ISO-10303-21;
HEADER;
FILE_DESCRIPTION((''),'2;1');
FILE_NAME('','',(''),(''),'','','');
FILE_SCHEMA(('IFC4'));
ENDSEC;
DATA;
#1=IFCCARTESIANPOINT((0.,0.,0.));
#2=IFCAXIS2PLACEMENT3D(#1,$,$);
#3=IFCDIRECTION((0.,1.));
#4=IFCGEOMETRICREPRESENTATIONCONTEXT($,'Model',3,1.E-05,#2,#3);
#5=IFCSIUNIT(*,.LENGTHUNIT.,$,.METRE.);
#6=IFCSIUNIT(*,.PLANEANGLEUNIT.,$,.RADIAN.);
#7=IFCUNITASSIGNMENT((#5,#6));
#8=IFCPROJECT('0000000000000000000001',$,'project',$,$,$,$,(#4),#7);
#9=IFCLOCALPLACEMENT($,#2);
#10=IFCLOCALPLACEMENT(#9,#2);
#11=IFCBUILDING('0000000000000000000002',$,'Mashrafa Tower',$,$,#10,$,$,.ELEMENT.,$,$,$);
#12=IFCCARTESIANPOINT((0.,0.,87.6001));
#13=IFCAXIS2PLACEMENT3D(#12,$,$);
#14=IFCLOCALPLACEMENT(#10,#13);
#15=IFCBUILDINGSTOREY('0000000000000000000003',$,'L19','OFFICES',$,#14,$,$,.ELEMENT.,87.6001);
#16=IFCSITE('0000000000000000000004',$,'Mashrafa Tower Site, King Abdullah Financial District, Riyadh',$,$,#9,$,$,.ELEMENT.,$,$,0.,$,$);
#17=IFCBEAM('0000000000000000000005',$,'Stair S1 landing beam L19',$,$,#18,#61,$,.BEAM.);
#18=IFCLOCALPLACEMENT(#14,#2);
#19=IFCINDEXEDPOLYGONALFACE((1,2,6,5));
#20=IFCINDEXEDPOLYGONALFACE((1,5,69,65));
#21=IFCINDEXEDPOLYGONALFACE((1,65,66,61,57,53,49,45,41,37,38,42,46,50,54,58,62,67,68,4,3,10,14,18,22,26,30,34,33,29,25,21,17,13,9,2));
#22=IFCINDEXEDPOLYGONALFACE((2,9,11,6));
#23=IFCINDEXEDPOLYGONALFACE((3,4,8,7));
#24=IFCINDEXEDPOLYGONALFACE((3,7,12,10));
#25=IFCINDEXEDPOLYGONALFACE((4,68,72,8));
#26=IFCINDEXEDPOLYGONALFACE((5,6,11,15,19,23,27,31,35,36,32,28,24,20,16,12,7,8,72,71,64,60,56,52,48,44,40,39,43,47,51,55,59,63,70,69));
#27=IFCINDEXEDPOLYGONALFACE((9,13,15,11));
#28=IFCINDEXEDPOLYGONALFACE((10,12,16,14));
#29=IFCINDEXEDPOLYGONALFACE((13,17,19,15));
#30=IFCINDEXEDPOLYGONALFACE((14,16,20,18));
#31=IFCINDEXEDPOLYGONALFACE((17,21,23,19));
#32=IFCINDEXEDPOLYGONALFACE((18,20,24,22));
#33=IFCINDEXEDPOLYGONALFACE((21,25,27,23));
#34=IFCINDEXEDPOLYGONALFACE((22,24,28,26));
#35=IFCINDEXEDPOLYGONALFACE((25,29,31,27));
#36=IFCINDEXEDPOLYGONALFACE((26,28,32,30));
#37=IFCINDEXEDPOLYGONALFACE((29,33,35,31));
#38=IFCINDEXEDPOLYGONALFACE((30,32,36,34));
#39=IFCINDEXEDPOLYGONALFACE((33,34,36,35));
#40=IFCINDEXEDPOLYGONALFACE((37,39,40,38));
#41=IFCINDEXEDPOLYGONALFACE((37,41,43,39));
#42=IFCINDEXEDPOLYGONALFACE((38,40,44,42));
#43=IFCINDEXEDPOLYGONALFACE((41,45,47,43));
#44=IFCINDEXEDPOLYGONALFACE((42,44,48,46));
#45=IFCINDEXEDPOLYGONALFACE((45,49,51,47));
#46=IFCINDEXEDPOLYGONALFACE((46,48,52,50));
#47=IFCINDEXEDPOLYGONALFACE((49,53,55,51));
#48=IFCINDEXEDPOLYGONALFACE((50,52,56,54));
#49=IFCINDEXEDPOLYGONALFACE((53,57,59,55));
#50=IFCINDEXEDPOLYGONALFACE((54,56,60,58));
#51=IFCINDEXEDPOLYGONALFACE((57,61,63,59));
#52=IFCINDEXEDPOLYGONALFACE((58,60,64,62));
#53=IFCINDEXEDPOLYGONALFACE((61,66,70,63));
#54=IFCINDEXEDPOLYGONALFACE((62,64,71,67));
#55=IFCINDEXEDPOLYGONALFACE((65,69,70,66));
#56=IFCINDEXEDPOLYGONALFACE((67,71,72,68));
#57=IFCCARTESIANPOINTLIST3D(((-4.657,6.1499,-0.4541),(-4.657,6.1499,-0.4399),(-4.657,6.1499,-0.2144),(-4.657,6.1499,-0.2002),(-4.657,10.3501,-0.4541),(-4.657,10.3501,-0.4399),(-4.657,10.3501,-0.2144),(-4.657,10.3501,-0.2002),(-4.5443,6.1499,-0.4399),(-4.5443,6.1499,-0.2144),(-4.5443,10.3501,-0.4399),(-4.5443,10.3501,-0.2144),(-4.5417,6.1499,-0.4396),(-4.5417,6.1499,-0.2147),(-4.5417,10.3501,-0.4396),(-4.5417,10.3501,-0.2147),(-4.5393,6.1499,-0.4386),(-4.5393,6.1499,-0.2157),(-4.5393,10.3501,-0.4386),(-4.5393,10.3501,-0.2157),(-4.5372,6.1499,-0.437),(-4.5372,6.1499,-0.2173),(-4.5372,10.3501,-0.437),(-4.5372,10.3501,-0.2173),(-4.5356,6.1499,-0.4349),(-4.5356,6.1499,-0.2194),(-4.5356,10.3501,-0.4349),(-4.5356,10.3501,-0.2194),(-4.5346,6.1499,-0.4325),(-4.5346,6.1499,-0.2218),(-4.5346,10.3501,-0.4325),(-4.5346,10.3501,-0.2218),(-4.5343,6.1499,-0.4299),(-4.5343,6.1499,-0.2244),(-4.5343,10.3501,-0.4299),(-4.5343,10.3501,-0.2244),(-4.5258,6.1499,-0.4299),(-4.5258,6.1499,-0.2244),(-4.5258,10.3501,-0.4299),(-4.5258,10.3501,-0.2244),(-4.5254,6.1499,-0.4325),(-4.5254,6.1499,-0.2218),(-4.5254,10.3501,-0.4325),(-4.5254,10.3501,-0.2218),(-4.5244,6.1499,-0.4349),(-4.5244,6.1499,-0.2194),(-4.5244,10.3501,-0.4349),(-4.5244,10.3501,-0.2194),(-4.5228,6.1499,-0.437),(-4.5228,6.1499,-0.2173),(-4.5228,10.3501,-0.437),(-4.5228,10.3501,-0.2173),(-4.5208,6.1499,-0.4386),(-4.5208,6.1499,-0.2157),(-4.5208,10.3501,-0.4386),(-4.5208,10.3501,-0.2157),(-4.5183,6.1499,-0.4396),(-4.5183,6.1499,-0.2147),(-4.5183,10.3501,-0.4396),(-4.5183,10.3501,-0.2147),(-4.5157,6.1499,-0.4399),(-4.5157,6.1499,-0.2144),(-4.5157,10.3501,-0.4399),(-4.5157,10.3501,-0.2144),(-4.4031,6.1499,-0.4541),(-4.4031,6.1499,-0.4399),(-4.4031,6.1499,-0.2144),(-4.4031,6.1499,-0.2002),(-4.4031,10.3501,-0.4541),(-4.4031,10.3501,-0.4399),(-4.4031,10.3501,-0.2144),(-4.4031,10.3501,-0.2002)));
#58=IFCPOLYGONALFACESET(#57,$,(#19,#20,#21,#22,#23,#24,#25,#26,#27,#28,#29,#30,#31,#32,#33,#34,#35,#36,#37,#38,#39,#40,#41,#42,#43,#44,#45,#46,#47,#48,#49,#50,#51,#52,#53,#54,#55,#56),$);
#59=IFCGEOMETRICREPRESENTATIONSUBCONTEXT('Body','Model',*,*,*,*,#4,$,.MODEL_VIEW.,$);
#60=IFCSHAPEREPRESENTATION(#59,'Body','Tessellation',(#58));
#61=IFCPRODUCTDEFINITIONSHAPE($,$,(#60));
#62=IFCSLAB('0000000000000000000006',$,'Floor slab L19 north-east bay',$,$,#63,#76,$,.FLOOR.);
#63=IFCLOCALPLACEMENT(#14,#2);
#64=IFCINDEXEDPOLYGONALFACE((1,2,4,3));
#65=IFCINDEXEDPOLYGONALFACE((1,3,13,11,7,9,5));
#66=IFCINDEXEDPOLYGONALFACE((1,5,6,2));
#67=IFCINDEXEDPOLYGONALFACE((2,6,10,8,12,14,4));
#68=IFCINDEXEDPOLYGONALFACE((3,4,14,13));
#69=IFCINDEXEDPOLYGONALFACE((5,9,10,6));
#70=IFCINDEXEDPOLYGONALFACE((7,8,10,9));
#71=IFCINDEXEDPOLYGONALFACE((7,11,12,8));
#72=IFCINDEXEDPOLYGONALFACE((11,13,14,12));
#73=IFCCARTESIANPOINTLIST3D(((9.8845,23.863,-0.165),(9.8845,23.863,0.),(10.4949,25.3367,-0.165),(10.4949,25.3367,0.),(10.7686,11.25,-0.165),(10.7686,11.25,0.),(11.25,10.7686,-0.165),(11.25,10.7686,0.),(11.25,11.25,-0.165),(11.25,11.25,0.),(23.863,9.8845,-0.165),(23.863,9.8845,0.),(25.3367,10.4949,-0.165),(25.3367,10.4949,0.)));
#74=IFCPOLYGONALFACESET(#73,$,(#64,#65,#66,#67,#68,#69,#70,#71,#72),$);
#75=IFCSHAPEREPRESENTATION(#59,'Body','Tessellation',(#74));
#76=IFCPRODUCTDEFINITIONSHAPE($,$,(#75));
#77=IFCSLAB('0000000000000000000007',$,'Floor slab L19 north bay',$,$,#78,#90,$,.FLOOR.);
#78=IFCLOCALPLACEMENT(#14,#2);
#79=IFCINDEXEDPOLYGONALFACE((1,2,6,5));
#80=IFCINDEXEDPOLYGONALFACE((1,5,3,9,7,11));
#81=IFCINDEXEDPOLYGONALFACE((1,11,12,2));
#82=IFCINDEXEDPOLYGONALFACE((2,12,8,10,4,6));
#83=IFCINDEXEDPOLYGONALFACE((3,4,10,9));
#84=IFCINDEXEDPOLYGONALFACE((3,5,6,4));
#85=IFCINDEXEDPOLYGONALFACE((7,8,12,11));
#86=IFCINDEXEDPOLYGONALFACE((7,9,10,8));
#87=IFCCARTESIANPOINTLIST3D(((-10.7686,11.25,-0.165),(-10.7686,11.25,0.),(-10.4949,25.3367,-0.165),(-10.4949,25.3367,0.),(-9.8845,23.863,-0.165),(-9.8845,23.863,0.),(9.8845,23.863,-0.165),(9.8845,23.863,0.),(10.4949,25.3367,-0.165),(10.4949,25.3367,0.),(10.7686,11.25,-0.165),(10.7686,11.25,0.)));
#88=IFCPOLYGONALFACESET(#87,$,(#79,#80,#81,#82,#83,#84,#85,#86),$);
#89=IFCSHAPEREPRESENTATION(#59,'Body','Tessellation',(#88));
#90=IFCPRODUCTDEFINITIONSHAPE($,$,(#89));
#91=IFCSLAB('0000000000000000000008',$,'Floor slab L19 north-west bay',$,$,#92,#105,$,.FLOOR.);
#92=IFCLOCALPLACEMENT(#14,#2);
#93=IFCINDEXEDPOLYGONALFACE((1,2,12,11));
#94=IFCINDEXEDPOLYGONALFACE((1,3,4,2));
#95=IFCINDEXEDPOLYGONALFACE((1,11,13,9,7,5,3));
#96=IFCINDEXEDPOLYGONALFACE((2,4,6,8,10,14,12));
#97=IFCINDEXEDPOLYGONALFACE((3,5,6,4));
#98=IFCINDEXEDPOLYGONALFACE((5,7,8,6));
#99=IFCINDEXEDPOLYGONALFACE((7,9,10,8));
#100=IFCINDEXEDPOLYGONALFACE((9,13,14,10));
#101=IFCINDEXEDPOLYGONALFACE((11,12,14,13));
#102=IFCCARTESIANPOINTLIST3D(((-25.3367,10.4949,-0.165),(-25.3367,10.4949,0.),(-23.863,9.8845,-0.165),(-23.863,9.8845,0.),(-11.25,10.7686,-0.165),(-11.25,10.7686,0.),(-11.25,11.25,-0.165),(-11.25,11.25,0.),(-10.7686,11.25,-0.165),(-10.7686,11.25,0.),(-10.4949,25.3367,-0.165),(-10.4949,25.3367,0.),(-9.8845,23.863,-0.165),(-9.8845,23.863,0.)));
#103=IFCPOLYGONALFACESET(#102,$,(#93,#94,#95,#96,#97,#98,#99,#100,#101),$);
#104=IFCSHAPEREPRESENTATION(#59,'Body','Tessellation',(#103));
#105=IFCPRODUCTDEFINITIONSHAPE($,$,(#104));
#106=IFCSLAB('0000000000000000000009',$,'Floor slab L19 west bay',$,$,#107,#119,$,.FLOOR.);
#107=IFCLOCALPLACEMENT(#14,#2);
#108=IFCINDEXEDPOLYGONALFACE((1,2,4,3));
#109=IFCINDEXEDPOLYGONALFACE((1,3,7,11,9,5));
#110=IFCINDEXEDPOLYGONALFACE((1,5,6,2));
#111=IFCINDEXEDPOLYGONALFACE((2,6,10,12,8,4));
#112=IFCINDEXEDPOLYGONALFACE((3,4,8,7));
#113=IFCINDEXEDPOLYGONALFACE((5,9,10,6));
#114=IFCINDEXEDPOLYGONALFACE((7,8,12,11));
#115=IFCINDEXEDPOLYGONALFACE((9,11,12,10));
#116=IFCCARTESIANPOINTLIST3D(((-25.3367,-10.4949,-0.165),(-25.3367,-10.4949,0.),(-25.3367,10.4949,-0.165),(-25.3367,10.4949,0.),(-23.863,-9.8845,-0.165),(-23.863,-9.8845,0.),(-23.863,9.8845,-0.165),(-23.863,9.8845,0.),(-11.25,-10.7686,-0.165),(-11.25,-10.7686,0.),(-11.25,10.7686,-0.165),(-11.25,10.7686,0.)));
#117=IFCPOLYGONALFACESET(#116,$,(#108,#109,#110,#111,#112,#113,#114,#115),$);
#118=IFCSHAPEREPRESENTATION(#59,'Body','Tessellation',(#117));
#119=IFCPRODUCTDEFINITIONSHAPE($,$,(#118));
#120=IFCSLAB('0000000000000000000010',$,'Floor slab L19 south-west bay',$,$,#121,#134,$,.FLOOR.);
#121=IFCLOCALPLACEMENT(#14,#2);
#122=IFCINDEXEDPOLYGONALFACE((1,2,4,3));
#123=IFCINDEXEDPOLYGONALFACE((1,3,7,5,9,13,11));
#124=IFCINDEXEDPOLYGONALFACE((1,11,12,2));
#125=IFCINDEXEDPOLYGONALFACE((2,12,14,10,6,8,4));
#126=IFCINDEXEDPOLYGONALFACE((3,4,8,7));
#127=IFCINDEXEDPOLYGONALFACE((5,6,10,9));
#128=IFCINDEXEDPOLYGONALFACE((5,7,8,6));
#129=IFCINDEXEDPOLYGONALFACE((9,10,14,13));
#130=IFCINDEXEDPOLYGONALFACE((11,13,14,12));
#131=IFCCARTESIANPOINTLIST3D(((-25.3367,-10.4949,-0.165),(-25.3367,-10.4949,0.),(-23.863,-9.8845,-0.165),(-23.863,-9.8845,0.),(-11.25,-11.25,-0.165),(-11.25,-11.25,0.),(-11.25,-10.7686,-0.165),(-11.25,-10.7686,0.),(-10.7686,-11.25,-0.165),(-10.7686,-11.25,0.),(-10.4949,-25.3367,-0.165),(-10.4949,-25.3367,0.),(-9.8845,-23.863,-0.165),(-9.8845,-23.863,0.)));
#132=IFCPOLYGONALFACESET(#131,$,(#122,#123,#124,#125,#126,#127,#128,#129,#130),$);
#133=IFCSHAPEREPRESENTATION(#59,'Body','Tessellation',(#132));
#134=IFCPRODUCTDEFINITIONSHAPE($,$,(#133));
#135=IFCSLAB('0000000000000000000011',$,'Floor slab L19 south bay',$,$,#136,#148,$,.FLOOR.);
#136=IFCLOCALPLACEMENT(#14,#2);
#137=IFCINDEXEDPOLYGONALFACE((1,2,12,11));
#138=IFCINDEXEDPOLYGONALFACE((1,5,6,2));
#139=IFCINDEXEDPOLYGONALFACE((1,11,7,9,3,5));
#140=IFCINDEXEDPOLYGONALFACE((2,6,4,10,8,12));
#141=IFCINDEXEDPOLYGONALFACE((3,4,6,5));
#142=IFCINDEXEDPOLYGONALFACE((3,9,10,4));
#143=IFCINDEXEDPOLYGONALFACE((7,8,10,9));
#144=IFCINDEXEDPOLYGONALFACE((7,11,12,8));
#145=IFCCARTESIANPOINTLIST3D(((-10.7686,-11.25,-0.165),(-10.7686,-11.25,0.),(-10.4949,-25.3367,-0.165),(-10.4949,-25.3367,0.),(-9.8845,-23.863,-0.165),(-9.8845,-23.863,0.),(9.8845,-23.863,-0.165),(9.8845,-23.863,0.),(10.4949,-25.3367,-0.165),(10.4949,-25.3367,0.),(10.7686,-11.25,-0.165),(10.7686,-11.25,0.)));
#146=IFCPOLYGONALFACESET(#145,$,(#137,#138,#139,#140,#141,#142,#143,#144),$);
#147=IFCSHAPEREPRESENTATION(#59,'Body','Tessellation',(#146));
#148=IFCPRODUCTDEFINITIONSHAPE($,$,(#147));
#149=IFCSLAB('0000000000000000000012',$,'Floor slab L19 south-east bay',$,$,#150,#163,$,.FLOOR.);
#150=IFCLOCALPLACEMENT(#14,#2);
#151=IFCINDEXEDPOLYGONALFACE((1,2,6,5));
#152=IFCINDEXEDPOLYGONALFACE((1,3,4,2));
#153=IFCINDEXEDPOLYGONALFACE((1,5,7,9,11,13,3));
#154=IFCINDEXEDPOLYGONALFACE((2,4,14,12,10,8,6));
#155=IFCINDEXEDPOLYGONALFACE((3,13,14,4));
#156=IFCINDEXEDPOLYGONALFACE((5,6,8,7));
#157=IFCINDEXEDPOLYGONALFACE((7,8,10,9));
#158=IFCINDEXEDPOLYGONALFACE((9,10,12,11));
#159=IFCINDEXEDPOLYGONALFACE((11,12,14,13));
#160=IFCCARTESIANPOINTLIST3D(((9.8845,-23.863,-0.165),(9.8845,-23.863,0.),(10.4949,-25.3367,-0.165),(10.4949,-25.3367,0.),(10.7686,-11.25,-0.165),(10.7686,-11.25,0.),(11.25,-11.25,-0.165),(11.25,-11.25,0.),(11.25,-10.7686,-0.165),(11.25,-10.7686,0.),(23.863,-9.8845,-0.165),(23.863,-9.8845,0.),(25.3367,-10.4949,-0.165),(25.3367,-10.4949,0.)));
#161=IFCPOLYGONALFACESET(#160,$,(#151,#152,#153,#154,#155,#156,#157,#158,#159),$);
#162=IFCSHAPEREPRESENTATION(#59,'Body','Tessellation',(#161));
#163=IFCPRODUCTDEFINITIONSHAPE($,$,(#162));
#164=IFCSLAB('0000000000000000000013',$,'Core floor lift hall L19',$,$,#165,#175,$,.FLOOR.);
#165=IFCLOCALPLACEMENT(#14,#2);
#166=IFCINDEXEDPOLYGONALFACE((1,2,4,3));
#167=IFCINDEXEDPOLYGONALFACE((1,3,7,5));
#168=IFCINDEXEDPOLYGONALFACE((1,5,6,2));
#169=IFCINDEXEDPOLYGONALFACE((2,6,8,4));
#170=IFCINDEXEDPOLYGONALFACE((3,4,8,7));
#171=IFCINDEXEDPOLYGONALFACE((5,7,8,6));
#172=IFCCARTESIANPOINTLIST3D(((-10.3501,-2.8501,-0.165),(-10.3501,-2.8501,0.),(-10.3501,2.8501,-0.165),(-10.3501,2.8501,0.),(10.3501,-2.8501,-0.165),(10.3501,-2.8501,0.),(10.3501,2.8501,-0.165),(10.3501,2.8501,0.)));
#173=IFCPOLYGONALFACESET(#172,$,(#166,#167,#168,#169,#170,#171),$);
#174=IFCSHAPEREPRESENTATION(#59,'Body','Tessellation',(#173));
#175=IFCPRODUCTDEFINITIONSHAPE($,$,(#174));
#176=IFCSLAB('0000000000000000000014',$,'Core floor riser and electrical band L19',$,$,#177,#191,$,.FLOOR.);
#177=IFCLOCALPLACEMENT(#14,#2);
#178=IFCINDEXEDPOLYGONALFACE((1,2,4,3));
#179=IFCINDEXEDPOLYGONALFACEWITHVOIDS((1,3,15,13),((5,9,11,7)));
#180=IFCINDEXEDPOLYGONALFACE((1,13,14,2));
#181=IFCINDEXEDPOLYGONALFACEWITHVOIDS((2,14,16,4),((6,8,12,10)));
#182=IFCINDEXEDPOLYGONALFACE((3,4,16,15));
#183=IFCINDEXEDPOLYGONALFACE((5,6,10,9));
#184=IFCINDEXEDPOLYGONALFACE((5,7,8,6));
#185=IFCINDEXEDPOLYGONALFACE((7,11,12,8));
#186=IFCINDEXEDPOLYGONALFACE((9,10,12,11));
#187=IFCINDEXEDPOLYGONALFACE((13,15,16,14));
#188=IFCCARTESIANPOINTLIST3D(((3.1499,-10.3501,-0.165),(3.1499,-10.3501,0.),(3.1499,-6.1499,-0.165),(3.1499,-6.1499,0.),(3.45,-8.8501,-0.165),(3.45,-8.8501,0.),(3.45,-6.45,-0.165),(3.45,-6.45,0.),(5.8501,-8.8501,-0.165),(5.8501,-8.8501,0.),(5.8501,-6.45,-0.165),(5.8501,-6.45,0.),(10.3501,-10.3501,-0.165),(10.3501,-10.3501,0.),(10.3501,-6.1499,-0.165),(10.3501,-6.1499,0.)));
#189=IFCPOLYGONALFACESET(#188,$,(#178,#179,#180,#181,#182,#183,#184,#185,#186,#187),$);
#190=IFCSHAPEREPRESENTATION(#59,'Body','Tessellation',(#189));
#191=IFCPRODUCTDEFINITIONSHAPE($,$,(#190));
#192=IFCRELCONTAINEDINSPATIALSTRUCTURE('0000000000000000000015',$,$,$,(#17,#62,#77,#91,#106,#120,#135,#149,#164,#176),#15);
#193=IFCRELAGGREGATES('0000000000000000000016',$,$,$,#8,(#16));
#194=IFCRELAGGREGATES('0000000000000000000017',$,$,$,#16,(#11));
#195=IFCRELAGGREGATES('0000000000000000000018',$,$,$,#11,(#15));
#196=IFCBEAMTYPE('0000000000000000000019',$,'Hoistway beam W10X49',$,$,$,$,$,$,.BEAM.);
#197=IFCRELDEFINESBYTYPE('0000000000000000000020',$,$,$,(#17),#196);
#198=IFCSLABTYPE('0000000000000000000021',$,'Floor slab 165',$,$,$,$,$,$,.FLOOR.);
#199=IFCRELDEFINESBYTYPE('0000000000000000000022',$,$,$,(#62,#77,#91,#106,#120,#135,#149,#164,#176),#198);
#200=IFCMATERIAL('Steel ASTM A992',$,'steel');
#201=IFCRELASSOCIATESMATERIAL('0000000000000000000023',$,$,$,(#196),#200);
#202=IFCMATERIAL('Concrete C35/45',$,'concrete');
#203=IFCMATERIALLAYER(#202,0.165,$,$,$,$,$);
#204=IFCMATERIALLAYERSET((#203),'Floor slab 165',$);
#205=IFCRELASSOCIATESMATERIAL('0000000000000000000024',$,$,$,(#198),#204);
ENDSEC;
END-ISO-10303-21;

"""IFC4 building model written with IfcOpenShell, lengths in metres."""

from ifc_helpers import new_model, si_unit, direction, frame, origin, origin_2d, place, context, subcontext, project, spatial, polyline, i_section, outline, extrude, material, layer, layer_set, material_profile, profile_set, type_object, element, save


model = new_model("IFC4")

# Units and contexts
model_context = context("Model", 3, precision=1e-05, world=origin(), true_north=direction((0.0, 1.0)))
body_context = subcontext(model_context, "Body", "Model", "MODEL_VIEW")
ifc_project = project(units=[si_unit("LENGTHUNIT", "METRE"), si_unit("PLANEANGLEUNIT", "RADIAN")], contexts=[model_context])

# Site, building, storey
site_placement = place(None, origin())
site = spatial("IfcSite", under=ifc_project, at=site_placement, Name="Mashrafa Tower Site, King Abdullah Financial District, Riyadh", CompositionType="ELEMENT", RefElevation=0.0)
building_placement = place(site_placement, origin())
building = spatial("IfcBuilding", under=site, at=building_placement, Name="Mashrafa Tower", CompositionType="ELEMENT")
storey_placement = place(building_placement, frame((0.0, 0.0, 87.6001)))
storey = spatial("IfcBuildingStorey", under=building, at=storey_placement, Name="L19", Description="OFFICES", CompositionType="ELEMENT", Elevation=87.6001)

# Beam
ifc_material_1 = material(Name="Steel ASTM A992", Category="steel")
ifc_material_profile = material_profile(ifc_material_1, i_section(OverallWidth=0.2539, OverallDepth=0.2539, WebThickness=0.0085, FlangeThickness=0.0142, FilletRadius=0.01, at=origin_2d()), Name="W10X49")
ifc_profile_set = profile_set([ifc_material_profile], Name="Steel ASTM A992")
beam_type = type_object("IfcBeamType", Name="Hoistway beam W10X49", PredefinedType="BEAM", material=ifc_profile_set)
beam_placement = place(storey_placement, frame((-4.53, 6.1499, -0.3271), z_axis=(0.0, 1.0, 0.0), x_axis=(-1.0, 0.0, 0.0)))
element("IfcBeam", 1, at=beam_placement, inside=storey, type_object=beam_type, Name="Stair S1 landing beam L19", PredefinedType="BEAM", context=body_context, shape_type="SweptSolid", body=[
    extrude(i_section(OverallWidth=0.2539, OverallDepth=0.2539, WebThickness=0.0085, FlangeThickness=0.0142, FilletRadius=0.01, at=origin_2d()), origin(), (0.0, 0.0, 1.0), 4.2002),
])

# Slabs
ifc_material_2 = material(Name="Concrete C35/45", Category="concrete")
ifc_layer_1 = layer(ifc_material_2, 0.165)
ifc_layer_set_1 = layer_set([ifc_layer_1], Name="Floor slab 165")
slab_type = type_object("IfcSlabType", Name="Floor slab 165", PredefinedType="FLOOR", material=ifc_layer_set_1)
slab_1_placement = place(storey_placement, frame((0.0, 0.0, -0.165)))
element("IfcSlab", 2, at=slab_1_placement, inside=storey, type_object=slab_type, Name="Floor slab L19 north-east bay", PredefinedType="FLOOR", context=body_context, shape_type="SweptSolid", body=[
    extrude(outline(polyline([(10.4949, 25.3367), (25.3367, 10.4949), (25.3367, 10.4949), (23.863, 9.8845), (11.25, 10.7686), (11.25, 11.25), (10.7686, 11.25), (9.8845, 23.863), (10.4949, 25.3367), (10.4949, 25.3367)])), origin(), (0.0, 0.0, 1.0), 0.165),
])
slab_2_placement = place(storey_placement, frame((0.0, 0.0, -0.165)))
element("IfcSlab", 3, at=slab_2_placement, inside=storey, type_object=slab_type, Name="Floor slab L19 north bay", PredefinedType="FLOOR", context=body_context, shape_type="SweptSolid", body=[
    extrude(outline(polyline([(10.4949, 25.3367), (9.8845, 23.863), (10.7686, 11.25), (-10.7686, 11.25), (-9.8845, 23.863), (-10.4949, 25.3367), (10.4949, 25.3367)])), origin(), (0.0, 0.0, 1.0), 0.165),
])
slab_3_placement = place(storey_placement, frame((0.0, 0.0, -0.165)))
element("IfcSlab", 4, at=slab_3_placement, inside=storey, type_object=slab_type, Name="Floor slab L19 north-west bay", PredefinedType="FLOOR", context=body_context, shape_type="SweptSolid", body=[
    extrude(outline(polyline([(-25.3367, 10.4949), (-10.4949, 25.3367), (-10.4949, 25.3367), (-9.8845, 23.863), (-10.7686, 11.25), (-11.25, 11.25), (-11.25, 10.7686), (-23.863, 9.8845), (-25.3367, 10.4949), (-25.3367, 10.4949)])), origin(), (0.0, 0.0, 1.0), 0.165),
])
slab_4_placement = place(storey_placement, frame((0.0, 0.0, -0.165)))
element("IfcSlab", 5, at=slab_4_placement, inside=storey, type_object=slab_type, Name="Floor slab L19 west bay", PredefinedType="FLOOR", context=body_context, shape_type="SweptSolid", body=[
    extrude(outline(polyline([(-25.3367, 10.4949), (-23.863, 9.8845), (-11.25, 10.7686), (-11.25, -10.7686), (-23.863, -9.8845), (-25.3367, -10.4949), (-25.3367, 10.4949)])), origin(), (0.0, 0.0, 1.0), 0.165),
])
slab_5_placement = place(storey_placement, frame((0.0, 0.0, -0.165)))
element("IfcSlab", 6, at=slab_5_placement, inside=storey, type_object=slab_type, Name="Floor slab L19 south-west bay", PredefinedType="FLOOR", context=body_context, shape_type="SweptSolid", body=[
    extrude(outline(polyline([(-10.4949, -25.3367), (-25.3367, -10.4949), (-25.3367, -10.4949), (-23.863, -9.8845), (-11.25, -10.7686), (-11.25, -11.25), (-10.7686, -11.25), (-9.8845, -23.863), (-10.4949, -25.3367), (-10.4949, -25.3367)])), origin(), (0.0, 0.0, 1.0), 0.165),
])
slab_6_placement = place(storey_placement, frame((0.0, 0.0, -0.165)))
element("IfcSlab", 7, at=slab_6_placement, inside=storey, type_object=slab_type, Name="Floor slab L19 south bay", PredefinedType="FLOOR", context=body_context, shape_type="SweptSolid", body=[
    extrude(outline(polyline([(-10.4949, -25.3367), (-9.8845, -23.863), (-10.7686, -11.25), (10.7686, -11.25), (9.8845, -23.863), (10.4949, -25.3367), (-10.4949, -25.3367)])), origin(), (0.0, 0.0, 1.0), 0.165),
])
slab_7_placement = place(storey_placement, frame((0.0, 0.0, -0.165)))
element("IfcSlab", 8, at=slab_7_placement, inside=storey, type_object=slab_type, Name="Floor slab L19 south-east bay", PredefinedType="FLOOR", context=body_context, shape_type="SweptSolid", body=[
    extrude(outline(polyline([(10.4949, -25.3367), (9.8845, -23.863), (10.7686, -11.25), (11.25, -11.25), (11.25, -10.7686), (23.863, -9.8845), (25.3367, -10.4949), (25.3367, -10.4949), (10.4949, -25.3367), (10.4949, -25.3367)])), origin(), (0.0, 0.0, 1.0), 0.165),
])
slab_8_placement = place(storey_placement, frame((0.0, 0.0, -0.165)))
element("IfcSlab", 9, at=slab_8_placement, inside=storey, type_object=slab_type, Name="Core floor lift hall L19", PredefinedType="FLOOR", context=body_context, shape_type="SweptSolid", body=[
    extrude(outline(polyline([(-10.3501, 2.8501), (10.3501, 2.8501), (10.3501, -2.8501), (-10.3501, -2.8501), (-10.3501, 2.8501)])), origin(), (0.0, 0.0, 1.0), 0.165),
])
slab_9_placement = place(storey_placement, frame((0.0, 0.0, -0.165)))
element("IfcSlab", 10, at=slab_9_placement, inside=storey, type_object=slab_type, Name="Core floor riser and electrical band L19", PredefinedType="FLOOR", context=body_context, shape_type="SweptSolid", body=[
    extrude(outline(polyline([(10.3501, -6.1499), (10.3501, -10.3501), (3.1499, -10.3501), (3.1499, -6.1499), (10.3501, -6.1499)]), holes=[polyline([(3.45, -8.8501), (5.8501, -8.8501), (5.8501, -6.45), (3.45, -6.45), (3.45, -8.8501)])]), origin(), (0.0, 0.0, 1.0), 0.165),
])

save(model, "model.ifc")
